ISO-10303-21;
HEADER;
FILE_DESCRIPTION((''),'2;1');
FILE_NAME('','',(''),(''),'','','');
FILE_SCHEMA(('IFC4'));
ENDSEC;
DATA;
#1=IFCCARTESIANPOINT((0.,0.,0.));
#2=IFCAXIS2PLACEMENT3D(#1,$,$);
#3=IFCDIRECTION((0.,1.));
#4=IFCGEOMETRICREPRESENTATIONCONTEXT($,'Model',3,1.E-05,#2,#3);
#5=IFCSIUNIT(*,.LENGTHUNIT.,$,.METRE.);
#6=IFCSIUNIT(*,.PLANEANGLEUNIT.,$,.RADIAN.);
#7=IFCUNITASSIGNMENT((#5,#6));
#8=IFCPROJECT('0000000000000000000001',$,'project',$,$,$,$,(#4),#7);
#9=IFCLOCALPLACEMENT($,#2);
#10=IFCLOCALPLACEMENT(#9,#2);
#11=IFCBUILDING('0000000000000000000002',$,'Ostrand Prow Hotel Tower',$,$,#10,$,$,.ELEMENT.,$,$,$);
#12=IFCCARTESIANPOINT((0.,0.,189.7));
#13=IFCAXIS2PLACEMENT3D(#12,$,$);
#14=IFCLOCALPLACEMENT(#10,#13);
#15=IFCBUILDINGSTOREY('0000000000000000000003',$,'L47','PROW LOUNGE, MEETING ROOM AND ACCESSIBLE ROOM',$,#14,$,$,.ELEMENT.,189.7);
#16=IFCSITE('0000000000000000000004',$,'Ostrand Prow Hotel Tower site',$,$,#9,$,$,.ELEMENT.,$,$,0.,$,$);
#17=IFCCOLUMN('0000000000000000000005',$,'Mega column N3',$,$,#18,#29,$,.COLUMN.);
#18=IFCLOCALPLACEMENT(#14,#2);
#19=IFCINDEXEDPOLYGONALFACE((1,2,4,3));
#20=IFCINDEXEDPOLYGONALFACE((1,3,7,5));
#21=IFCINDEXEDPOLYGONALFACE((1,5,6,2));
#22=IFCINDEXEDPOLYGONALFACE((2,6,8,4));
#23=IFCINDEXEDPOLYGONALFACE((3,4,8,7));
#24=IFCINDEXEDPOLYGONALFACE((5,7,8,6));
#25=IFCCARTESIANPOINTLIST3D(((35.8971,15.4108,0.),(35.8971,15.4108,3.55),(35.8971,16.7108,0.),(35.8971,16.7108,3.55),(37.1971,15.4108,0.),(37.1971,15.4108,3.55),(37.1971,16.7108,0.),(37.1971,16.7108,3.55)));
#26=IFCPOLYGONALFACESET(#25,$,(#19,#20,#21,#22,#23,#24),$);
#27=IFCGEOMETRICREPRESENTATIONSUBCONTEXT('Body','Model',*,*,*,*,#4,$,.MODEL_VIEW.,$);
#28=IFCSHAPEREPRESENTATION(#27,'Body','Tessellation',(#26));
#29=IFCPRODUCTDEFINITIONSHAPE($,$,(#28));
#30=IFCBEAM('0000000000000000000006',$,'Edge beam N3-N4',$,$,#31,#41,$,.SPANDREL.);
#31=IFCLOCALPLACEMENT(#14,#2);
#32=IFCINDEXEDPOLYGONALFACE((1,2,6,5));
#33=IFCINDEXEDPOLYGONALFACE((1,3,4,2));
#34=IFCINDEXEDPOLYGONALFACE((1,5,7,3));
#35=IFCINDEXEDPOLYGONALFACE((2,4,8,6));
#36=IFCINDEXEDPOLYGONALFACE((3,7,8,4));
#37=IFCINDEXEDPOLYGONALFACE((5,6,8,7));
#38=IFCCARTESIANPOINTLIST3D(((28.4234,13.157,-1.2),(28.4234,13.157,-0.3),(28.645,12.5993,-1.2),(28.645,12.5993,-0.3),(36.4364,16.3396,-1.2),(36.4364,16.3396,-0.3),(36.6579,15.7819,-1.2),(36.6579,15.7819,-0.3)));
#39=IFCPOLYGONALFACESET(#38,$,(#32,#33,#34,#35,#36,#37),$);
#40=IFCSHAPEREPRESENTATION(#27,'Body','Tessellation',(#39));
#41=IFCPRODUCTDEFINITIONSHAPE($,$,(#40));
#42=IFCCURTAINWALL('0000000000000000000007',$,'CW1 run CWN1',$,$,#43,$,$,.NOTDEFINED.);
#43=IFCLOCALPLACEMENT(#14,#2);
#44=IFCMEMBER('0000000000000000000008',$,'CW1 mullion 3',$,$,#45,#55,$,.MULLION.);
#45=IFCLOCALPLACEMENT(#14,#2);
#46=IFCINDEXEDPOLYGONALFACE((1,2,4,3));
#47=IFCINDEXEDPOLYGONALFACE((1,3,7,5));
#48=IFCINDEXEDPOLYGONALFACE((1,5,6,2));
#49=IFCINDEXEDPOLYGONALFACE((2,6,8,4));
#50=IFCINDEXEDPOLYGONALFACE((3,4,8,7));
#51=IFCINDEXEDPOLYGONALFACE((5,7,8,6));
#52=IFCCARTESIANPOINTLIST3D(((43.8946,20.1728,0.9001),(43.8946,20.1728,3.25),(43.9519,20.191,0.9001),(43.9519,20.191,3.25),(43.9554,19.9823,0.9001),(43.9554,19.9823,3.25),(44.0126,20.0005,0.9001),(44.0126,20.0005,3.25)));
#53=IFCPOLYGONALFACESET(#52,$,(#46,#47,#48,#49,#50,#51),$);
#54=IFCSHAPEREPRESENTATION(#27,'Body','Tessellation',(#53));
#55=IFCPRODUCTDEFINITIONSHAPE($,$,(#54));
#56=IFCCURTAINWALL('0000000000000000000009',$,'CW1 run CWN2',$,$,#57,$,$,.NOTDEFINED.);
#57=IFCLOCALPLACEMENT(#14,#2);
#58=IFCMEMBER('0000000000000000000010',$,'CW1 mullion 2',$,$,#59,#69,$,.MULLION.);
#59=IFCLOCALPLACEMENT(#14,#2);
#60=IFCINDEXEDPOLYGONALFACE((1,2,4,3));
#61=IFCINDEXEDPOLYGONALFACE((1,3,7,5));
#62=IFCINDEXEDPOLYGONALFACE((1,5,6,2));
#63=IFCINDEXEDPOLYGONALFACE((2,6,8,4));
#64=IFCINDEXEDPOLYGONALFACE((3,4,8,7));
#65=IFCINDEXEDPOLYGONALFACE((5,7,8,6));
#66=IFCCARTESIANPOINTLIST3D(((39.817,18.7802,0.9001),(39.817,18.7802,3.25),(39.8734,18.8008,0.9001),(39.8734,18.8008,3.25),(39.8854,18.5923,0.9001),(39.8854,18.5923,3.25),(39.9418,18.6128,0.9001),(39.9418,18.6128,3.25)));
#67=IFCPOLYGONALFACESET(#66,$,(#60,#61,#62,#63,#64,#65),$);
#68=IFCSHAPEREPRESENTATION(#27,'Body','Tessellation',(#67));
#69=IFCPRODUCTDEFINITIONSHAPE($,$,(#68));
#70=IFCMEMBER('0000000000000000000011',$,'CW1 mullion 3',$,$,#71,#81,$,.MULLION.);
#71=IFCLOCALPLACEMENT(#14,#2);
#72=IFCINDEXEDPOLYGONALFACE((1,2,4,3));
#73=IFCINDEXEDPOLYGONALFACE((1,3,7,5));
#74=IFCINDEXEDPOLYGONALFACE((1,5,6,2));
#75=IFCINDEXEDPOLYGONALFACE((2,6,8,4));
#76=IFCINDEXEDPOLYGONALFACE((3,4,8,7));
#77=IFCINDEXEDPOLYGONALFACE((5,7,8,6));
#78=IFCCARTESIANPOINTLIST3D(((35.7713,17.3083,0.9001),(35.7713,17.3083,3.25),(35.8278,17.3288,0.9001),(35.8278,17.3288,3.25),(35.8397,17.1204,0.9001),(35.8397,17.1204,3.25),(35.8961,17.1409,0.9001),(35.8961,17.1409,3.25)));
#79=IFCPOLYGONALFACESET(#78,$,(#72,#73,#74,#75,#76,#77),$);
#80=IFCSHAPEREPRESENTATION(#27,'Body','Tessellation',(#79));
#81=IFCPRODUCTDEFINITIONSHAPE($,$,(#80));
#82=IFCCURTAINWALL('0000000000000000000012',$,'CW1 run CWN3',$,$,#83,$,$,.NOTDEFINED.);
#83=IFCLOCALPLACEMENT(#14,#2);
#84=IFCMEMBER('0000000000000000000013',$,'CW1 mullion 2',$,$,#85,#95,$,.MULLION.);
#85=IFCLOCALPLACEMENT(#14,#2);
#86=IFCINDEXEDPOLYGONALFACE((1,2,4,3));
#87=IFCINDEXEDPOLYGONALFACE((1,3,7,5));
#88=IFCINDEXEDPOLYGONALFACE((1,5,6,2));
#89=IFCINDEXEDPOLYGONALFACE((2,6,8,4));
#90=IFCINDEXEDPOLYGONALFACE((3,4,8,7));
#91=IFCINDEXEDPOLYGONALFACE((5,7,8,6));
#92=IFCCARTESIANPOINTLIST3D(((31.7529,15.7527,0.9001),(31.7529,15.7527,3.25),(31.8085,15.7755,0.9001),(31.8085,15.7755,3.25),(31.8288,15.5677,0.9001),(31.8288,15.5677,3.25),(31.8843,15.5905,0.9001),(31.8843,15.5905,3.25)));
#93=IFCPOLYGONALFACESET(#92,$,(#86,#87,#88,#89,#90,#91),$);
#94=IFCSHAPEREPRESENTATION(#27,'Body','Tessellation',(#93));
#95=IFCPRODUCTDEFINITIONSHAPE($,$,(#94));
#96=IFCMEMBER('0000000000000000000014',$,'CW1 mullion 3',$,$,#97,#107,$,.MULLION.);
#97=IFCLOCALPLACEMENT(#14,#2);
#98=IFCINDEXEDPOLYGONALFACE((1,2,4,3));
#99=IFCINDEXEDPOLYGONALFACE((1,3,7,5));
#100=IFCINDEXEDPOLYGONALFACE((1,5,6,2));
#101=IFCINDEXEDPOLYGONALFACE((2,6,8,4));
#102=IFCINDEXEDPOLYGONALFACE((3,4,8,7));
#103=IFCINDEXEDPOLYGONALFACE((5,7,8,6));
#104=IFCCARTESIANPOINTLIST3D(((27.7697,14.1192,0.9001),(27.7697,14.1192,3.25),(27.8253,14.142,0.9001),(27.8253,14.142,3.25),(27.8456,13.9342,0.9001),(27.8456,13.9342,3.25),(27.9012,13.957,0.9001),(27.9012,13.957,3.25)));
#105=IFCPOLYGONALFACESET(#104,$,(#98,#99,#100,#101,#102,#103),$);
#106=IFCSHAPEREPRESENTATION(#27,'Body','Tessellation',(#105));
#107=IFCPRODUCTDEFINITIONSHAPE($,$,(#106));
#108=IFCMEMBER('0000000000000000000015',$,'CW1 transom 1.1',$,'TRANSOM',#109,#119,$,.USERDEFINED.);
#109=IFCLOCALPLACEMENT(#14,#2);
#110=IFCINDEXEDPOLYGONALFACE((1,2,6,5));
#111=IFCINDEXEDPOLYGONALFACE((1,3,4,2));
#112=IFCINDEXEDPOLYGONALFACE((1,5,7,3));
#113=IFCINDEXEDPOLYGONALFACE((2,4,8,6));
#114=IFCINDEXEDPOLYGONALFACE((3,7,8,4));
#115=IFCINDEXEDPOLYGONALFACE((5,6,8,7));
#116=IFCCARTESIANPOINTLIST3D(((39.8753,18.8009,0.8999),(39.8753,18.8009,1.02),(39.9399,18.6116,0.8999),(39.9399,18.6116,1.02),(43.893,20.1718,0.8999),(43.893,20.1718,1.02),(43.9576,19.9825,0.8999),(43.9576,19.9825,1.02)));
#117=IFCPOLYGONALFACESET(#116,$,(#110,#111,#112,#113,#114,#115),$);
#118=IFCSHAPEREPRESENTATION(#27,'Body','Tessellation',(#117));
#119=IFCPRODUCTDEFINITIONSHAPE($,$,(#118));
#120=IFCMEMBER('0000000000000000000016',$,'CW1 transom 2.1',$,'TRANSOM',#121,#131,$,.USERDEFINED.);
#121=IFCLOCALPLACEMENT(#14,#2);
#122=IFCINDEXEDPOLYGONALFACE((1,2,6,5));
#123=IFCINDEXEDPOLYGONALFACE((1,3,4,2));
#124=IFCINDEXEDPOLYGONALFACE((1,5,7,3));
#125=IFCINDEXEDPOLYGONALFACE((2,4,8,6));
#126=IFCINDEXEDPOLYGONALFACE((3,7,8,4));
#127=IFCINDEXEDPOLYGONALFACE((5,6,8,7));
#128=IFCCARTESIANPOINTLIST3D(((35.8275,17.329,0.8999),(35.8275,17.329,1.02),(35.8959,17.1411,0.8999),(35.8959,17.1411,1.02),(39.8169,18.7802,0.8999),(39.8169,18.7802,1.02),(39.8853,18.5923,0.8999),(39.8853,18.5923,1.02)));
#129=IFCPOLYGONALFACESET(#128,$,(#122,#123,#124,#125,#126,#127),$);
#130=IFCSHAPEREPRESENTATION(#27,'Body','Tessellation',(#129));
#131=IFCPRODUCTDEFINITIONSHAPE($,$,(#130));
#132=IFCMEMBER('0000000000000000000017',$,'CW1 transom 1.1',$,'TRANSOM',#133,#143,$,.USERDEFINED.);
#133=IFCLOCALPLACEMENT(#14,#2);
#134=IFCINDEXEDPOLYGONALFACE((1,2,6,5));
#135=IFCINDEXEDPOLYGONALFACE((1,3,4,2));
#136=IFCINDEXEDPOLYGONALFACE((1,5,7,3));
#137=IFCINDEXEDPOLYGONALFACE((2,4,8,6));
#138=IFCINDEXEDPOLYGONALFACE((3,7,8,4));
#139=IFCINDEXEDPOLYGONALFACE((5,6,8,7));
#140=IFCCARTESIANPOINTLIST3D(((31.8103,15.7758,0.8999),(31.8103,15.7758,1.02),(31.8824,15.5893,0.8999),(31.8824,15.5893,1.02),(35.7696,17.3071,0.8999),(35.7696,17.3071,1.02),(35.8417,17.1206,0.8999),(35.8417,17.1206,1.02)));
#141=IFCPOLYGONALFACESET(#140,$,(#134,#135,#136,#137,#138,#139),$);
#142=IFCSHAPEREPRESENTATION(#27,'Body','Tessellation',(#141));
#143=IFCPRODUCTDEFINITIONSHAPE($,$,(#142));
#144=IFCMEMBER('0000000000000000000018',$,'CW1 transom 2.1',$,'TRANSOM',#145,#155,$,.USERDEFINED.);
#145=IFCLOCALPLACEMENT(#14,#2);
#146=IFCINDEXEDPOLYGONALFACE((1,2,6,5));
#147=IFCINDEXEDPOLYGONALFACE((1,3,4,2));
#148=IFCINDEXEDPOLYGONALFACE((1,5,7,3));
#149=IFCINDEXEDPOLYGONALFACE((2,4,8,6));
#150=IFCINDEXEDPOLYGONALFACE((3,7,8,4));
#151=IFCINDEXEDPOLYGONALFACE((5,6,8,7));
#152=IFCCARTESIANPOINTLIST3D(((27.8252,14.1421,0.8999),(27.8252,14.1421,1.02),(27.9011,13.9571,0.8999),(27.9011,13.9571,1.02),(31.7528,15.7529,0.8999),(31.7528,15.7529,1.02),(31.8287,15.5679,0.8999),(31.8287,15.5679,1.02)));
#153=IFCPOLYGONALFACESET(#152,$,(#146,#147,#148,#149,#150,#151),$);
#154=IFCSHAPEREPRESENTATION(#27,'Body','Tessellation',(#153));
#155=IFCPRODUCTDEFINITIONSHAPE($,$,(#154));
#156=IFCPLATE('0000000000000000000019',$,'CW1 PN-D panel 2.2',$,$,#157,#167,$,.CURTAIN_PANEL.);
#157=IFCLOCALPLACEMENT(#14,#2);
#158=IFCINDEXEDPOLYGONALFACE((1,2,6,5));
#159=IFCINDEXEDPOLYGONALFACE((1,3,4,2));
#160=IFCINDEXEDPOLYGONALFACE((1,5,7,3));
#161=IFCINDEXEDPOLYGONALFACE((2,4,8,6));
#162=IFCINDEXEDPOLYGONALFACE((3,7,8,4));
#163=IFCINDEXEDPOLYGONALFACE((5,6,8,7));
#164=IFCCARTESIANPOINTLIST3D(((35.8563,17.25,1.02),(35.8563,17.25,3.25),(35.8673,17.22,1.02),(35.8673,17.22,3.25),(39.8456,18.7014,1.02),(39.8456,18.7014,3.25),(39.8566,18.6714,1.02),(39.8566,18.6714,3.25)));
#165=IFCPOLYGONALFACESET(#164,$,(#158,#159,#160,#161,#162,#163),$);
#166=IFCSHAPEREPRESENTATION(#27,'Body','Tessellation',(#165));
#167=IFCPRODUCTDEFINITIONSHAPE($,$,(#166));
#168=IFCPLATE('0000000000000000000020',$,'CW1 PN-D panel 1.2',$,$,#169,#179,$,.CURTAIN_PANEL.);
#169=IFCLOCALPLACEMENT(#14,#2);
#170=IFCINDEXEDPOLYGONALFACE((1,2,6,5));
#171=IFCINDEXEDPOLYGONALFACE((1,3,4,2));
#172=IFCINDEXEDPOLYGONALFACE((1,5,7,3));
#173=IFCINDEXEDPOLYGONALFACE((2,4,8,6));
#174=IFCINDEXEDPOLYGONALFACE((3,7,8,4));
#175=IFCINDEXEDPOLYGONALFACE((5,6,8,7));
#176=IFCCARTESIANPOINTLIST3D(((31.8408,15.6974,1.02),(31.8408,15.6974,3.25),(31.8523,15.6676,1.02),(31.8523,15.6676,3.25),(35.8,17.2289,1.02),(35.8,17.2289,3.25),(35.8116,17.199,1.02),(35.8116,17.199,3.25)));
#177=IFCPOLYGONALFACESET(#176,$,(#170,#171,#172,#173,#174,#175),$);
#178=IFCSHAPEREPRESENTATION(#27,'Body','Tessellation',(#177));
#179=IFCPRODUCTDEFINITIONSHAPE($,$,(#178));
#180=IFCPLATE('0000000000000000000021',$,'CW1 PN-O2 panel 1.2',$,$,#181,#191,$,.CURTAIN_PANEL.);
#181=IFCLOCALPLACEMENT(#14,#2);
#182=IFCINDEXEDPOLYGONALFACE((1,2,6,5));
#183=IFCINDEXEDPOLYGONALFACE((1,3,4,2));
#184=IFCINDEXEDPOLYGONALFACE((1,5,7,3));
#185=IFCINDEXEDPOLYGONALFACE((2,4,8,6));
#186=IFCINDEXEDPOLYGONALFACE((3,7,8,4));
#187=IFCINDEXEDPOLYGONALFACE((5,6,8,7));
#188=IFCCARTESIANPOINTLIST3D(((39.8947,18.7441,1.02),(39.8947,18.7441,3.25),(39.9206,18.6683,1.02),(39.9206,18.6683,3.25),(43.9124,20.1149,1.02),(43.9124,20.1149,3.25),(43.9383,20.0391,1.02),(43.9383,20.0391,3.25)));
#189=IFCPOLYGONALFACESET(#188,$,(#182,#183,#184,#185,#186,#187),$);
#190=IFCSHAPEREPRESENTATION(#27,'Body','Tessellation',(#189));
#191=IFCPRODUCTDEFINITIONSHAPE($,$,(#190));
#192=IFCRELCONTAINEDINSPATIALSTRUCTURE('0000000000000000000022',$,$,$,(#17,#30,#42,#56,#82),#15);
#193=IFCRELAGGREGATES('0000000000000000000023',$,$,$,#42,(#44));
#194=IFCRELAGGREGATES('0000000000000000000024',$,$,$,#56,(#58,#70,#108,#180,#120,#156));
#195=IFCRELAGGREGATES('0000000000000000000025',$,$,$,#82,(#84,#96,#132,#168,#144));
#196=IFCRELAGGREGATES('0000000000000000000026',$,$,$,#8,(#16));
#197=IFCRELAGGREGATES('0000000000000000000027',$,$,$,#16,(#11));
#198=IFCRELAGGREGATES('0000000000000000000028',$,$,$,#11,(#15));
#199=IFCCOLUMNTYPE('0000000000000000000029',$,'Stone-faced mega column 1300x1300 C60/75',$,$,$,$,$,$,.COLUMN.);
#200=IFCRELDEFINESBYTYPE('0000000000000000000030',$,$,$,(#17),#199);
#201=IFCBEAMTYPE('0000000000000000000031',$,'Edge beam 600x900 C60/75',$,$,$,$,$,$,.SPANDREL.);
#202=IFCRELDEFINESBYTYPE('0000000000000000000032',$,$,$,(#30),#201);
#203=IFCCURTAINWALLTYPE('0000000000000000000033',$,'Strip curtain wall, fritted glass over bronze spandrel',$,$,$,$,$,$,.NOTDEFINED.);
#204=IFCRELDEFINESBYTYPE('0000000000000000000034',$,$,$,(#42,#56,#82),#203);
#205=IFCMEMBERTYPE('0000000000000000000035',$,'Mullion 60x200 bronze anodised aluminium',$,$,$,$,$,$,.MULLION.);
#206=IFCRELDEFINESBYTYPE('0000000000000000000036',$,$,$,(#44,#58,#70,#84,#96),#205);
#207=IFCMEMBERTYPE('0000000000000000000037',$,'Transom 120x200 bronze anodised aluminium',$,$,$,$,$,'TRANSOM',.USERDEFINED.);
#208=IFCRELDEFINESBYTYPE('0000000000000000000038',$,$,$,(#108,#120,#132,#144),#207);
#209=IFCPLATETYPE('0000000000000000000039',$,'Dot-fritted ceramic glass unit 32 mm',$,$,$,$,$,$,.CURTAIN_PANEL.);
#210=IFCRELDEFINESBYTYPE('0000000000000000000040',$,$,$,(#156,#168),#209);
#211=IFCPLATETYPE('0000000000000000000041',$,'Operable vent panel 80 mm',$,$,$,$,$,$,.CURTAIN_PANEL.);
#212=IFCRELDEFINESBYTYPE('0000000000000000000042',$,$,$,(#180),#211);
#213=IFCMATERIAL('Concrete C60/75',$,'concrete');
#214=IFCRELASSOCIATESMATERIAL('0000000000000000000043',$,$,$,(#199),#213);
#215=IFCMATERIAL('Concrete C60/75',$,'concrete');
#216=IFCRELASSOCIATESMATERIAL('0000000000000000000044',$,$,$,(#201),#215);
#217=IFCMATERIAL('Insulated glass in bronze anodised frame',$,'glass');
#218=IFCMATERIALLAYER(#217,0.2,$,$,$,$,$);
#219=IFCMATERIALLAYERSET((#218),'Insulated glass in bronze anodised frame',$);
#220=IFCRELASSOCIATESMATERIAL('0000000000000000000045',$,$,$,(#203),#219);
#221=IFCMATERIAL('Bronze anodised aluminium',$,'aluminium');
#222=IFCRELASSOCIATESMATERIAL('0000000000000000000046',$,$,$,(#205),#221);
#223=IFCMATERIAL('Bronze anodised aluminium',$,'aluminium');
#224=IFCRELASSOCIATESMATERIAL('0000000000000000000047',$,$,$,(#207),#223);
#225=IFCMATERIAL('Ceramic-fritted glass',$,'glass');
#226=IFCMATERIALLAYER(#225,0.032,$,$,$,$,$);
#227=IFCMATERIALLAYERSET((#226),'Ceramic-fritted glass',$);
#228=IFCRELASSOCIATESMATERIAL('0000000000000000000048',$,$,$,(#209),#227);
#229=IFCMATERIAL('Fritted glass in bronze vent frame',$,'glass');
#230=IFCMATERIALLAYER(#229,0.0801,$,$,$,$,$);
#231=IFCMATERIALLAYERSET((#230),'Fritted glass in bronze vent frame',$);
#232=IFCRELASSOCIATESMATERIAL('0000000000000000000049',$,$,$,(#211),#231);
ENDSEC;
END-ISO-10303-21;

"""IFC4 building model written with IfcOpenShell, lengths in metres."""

from ifc_helpers import new_model, si_unit, direction, frame, origin, origin_2d, place, context, subcontext, project, spatial, rectangle, extrude, material, layer, layer_set, material_profile, profile_set, type_object, element, aggregate, save


model = new_model("IFC4")

# Units and contexts
model_context = context("Model", 3, precision=1e-05, world=origin(), true_north=direction((0.0, 1.0)))
body_context = subcontext(model_context, "Body", "Model", "MODEL_VIEW")
ifc_project = project(units=[si_unit("LENGTHUNIT", "METRE"), si_unit("PLANEANGLEUNIT", "RADIAN")], contexts=[model_context])

# Site, building, storey
site_placement = place(None, origin())
site = spatial("IfcSite", under=ifc_project, at=site_placement, Name="Ostrand Prow Hotel Tower site", CompositionType="ELEMENT", RefElevation=0.0)
building_placement = place(site_placement, origin())
building = spatial("IfcBuilding", under=site, at=building_placement, Name="Ostrand Prow Hotel Tower", CompositionType="ELEMENT")
storey_placement = place(building_placement, frame((0.0, 0.0, 189.7)))
storey = spatial("IfcBuildingStorey", under=building, at=storey_placement, Name="L47", Description="PROW LOUNGE, MEETING ROOM AND ACCESSIBLE ROOM", CompositionType="ELEMENT", Elevation=189.7)

# Column
ifc_material_1 = material(Name="Concrete C60/75", Category="concrete")
ifc_material_profile_1 = material_profile(ifc_material_1, rectangle(XDim=1.3, YDim=1.3, at=origin_2d()), Name="RC 1300x1300")
ifc_profile_set_1 = profile_set([ifc_material_profile_1], Name="Concrete C60/75")
column_type = type_object("IfcColumnType", Name="Stone-faced mega column 1300x1300 C60/75", PredefinedType="COLUMN", material=ifc_profile_set_1)
column_placement = place(storey_placement, frame((36.5471, 16.0608, 0.0), z_axis=(0.0, 0.0, 1.0), x_axis=(1.0, 0.0, 0.0)))
element("IfcColumn", 1, at=column_placement, inside=storey, type_object=column_type, Name="Mega column N3", PredefinedType="COLUMN", context=body_context, shape_type="SweptSolid", body=[
    extrude(rectangle(XDim=1.3, YDim=1.3, at=origin_2d()), origin(), (0.0, 0.0, 1.0), 3.55),
])

# Beam
ifc_material_2 = material(Name="Concrete C60/75", Category="concrete")
ifc_material_profile_2 = material_profile(ifc_material_2, rectangle(XDim=0.6001, YDim=0.8999, at=origin_2d()), Name="RC 600x900")
ifc_profile_set_2 = profile_set([ifc_material_profile_2], Name="Concrete C60/75")
beam_type = type_object("IfcBeamType", Name="Edge beam 600x900 C60/75", PredefinedType="SPANDREL", material=ifc_profile_set_2)
beam_placement = place(storey_placement, frame((36.5471, 16.0608, -0.75), z_axis=(-0.929376, -0.369134, 0.0), x_axis=(0.369134, -0.929376, 0.0)))
element("IfcBeam", 2, at=beam_placement, inside=storey, type_object=beam_type, Name="Edge beam N3-N4", PredefinedType="SPANDREL", context=body_context, shape_type="SweptSolid", body=[
    extrude(rectangle(XDim=0.6001, YDim=0.8999, at=origin_2d()), origin(), (0.0, 0.0, 1.0), 8.6218),
])

# Curtain wall, member
ifc_material_3 = material(Name="Insulated glass in bronze anodised frame", Category="glass")
ifc_layer_1 = layer(ifc_material_3, 0.2)
ifc_layer_set_1 = layer_set([ifc_layer_1], Name="Insulated glass in bronze anodised frame")
curtain_wall_type = type_object("IfcCurtainWallType", Name="Strip curtain wall, fritted glass over bronze spandrel", PredefinedType="NOTDEFINED", material=ifc_layer_set_1)
curtain_wall_1_placement = place(storey_placement, origin())
curtain_wall_1 = element("IfcCurtainWall", 3, at=curtain_wall_1_placement, inside=storey, type_object=curtain_wall_type, Name="CW1 run CWN1", PredefinedType="NOTDEFINED")
ifc_material_4 = material(Name="Bronze anodised aluminium", Category="aluminium")
ifc_material_profile_3 = material_profile(ifc_material_4, rectangle(XDim=0.2, YDim=0.0601, at=origin_2d()), Name="Mullion 60x200 bronze anodised aluminium")
ifc_profile_set_3 = profile_set([ifc_material_profile_3], Name="Bronze anodised aluminium")
member_type_1 = type_object("IfcMemberType", Name="Mullion 60x200 bronze anodised aluminium", PredefinedType="MULLION", material=ifc_profile_set_3)
member_1_placement = place(storey_placement, frame((43.9536, 20.0867, 0.9001), z_axis=(0.0, 0.0, 1.0), x_axis=(0.303787, -0.95274, 0.0)))
member_1 = element("IfcMember", 4, at=member_1_placement, type_object=member_type_1, Name="CW1 mullion 3", PredefinedType="MULLION", context=body_context, shape_type="SweptSolid", body=[
    extrude(rectangle(XDim=0.2, YDim=0.0601, at=origin_2d()), origin(), (0.0, 0.0, 1.0), 2.3499),
])
aggregate(curtain_wall_1, [member_1])

# Curtain walls, members
curtain_wall_2_placement = place(storey_placement, origin())
curtain_wall_2 = element("IfcCurtainWall", 5, at=curtain_wall_2_placement, inside=storey, type_object=curtain_wall_type, Name="CW1 run CWN2", PredefinedType="NOTDEFINED")
member_2_placement = place(storey_placement, frame((39.8794, 18.6965, 0.9001), z_axis=(0.0, 0.0, 1.0), x_axis=(0.341897, -0.939737, 0.0)))
member_2 = element("IfcMember", 6, at=member_2_placement, type_object=member_type_1, Name="CW1 mullion 2", PredefinedType="MULLION", context=body_context, shape_type="SweptSolid", body=[
    extrude(rectangle(XDim=0.2, YDim=0.0601, at=origin_2d()), origin(), (0.0, 0.0, 1.0), 2.3499),
])
member_3_placement = place(storey_placement, frame((35.8337, 17.2246, 0.9001), z_axis=(0.0, 0.0, 1.0), x_axis=(0.341897, -0.939737, 0.0)))
member_3 = element("IfcMember", 7, at=member_3_placement, type_object=member_type_1, Name="CW1 mullion 3", PredefinedType="MULLION", context=body_context, shape_type="SweptSolid", body=[
    extrude(rectangle(XDim=0.2, YDim=0.0601, at=origin_2d()), origin(), (0.0, 0.0, 1.0), 2.3499),
])
curtain_wall_3_placement = place(storey_placement, origin())
curtain_wall_3 = element("IfcCurtainWall", 8, at=curtain_wall_3_placement, inside=storey, type_object=curtain_wall_type, Name="CW1 run CWN3", PredefinedType="NOTDEFINED")
member_4_placement = place(storey_placement, frame((31.8186, 15.6716, 0.9001), z_axis=(0.0, 0.0, 1.0), x_axis=(0.379453, -0.925211, 0.0)))
member_4 = element("IfcMember", 9, at=member_4_placement, type_object=member_type_1, Name="CW1 mullion 2", PredefinedType="MULLION", context=body_context, shape_type="SweptSolid", body=[
    extrude(rectangle(XDim=0.2, YDim=0.0601, at=origin_2d()), origin(), (0.0, 0.0, 1.0), 2.3499),
])
member_5_placement = place(storey_placement, frame((27.8354, 14.0381, 0.9001), z_axis=(0.0, 0.0, 1.0), x_axis=(0.379453, -0.925211, 0.0)))
member_5 = element("IfcMember", 10, at=member_5_placement, type_object=member_type_1, Name="CW1 mullion 3", PredefinedType="MULLION", context=body_context, shape_type="SweptSolid", body=[
    extrude(rectangle(XDim=0.2, YDim=0.0601, at=origin_2d()), origin(), (0.0, 0.0, 1.0), 2.3499),
])

# Members
ifc_material_5 = material(Name="Bronze anodised aluminium", Category="aluminium")
ifc_material_profile_4 = material_profile(ifc_material_5, rectangle(XDim=0.2, YDim=0.1201, at=origin_2d()), Name="Transom 120x200 bronze anodised aluminium")
ifc_profile_set_4 = profile_set([ifc_material_profile_4], Name="Bronze anodised aluminium")
member_type_2 = type_object("IfcMemberType", Name="Transom 120x200 bronze anodised aluminium", ElementType="TRANSOM", PredefinedType="USERDEFINED", material=ifc_profile_set_4)
member_6_placement = place(storey_placement, frame((43.9253, 20.0771, 0.96), z_axis=(-0.946422, -0.322932, 0.0), x_axis=(0.322932, -0.946422, 0.0)))
member_6 = element("IfcMember", 11, at=member_6_placement, type_object=member_type_2, Name="CW1 transom 1.1", ObjectType="TRANSOM", PredefinedType="USERDEFINED", context=body_context, shape_type="SweptSolid", body=[
    extrude(rectangle(XDim=0.2, YDim=0.1201, at=origin_2d()), origin(), (0.0, 0.0, 1.0), 4.2451),
])
member_7_placement = place(storey_placement, frame((39.8511, 18.6863, 0.96), z_axis=(-0.939753, -0.341854, 0.0), x_axis=(0.341854, -0.939753, 0.0)))
member_7 = element("IfcMember", 12, at=member_7_placement, type_object=member_type_2, Name="CW1 transom 2.1", ObjectType="TRANSOM", PredefinedType="USERDEFINED", context=body_context, shape_type="SweptSolid", body=[
    extrude(rectangle(XDim=0.2, YDim=0.1201, at=origin_2d()), origin(), (0.0, 0.0, 1.0), 4.2451),
])
member_8_placement = place(storey_placement, frame((35.8057, 17.2139, 0.96), z_axis=(-0.932675, -0.360717, 0.0), x_axis=(0.360717, -0.932675, 0.0)))
member_8 = element("IfcMember", 13, at=member_8_placement, type_object=member_type_2, Name="CW1 transom 1.1", ObjectType="TRANSOM", PredefinedType="USERDEFINED", context=body_context, shape_type="SweptSolid", body=[
    extrude(rectangle(XDim=0.2, YDim=0.1201, at=origin_2d()), origin(), (0.0, 0.0, 1.0), 4.2451),
])
member_9_placement = place(storey_placement, frame((31.7908, 15.6604, 0.96), z_axis=(-0.925213, -0.379448, 0.0), x_axis=(0.379448, -0.925213, 0.0)))
member_9 = element("IfcMember", 14, at=member_9_placement, type_object=member_type_2, Name="CW1 transom 2.1", ObjectType="TRANSOM", PredefinedType="USERDEFINED", context=body_context, shape_type="SweptSolid", body=[
    extrude(rectangle(XDim=0.2, YDim=0.1201, at=origin_2d()), origin(), (0.0, 0.0, 1.0), 4.2451),
])

# Plates
ifc_material_6 = material(Name="Ceramic-fritted glass", Category="glass")
ifc_layer_2 = layer(ifc_material_6, 0.032)
ifc_layer_set_2 = layer_set([ifc_layer_2], Name="Ceramic-fritted glass")
plate_type_1 = type_object("IfcPlateType", Name="Dot-fritted ceramic glass unit 32 mm", PredefinedType="CURTAIN_PANEL", material=ifc_layer_set_2)
plate_1_placement = place(storey_placement, frame((37.8564, 17.9607, 1.02), z_axis=(0.0, 0.0, 1.0), x_axis=(-0.939737, -0.341897, 0.0)))
plate_1 = element("IfcPlate", 15, at=plate_1_placement, type_object=plate_type_1, Name="CW1 PN-D panel 2.2", PredefinedType="CURTAIN_PANEL", context=body_context, shape_type="SweptSolid", body=[
    extrude(rectangle(XDim=4.2451, YDim=0.032, at=origin_2d()), origin(), (0.0, 0.0, 1.0), 2.23),
])
plate_2_placement = place(storey_placement, frame((33.8262, 16.4482, 1.02), z_axis=(0.0, 0.0, 1.0), x_axis=(-0.932663, -0.360749, 0.0)))
plate_2 = element("IfcPlate", 16, at=plate_2_placement, type_object=plate_type_1, Name="CW1 PN-D panel 1.2", PredefinedType="CURTAIN_PANEL", context=body_context, shape_type="SweptSolid", body=[
    extrude(rectangle(XDim=4.2451, YDim=0.032, at=origin_2d()), origin(), (0.0, 0.0, 1.0), 2.23),
])
ifc_material_7 = material(Name="Fritted glass in bronze vent frame", Category="glass")
ifc_layer_3 = layer(ifc_material_7, 0.0801)
ifc_layer_set_3 = layer_set([ifc_layer_3], Name="Fritted glass in bronze vent frame")
plate_type_2 = type_object("IfcPlateType", Name="Operable vent panel 80 mm", PredefinedType="CURTAIN_PANEL", material=ifc_layer_set_3)
plate_3_placement = place(storey_placement, frame((41.9165, 19.3916, 1.02), z_axis=(0.0, 0.0, 1.0), x_axis=(-0.94643, -0.322908, 0.0)))
plate_3 = element("IfcPlate", 17, at=plate_3_placement, type_object=plate_type_2, Name="CW1 PN-O2 panel 1.2", PredefinedType="CURTAIN_PANEL", context=body_context, shape_type="SweptSolid", body=[
    extrude(rectangle(XDim=4.2451, YDim=0.0801, at=origin_2d()), origin(), (0.0, 0.0, 1.0), 2.23),
])
aggregate(curtain_wall_2, [member_2, member_3, member_6, plate_3, member_7, plate_1])
aggregate(curtain_wall_3, [member_4, member_5, member_8, plate_2, member_9])

save(model, "model.ifc")
